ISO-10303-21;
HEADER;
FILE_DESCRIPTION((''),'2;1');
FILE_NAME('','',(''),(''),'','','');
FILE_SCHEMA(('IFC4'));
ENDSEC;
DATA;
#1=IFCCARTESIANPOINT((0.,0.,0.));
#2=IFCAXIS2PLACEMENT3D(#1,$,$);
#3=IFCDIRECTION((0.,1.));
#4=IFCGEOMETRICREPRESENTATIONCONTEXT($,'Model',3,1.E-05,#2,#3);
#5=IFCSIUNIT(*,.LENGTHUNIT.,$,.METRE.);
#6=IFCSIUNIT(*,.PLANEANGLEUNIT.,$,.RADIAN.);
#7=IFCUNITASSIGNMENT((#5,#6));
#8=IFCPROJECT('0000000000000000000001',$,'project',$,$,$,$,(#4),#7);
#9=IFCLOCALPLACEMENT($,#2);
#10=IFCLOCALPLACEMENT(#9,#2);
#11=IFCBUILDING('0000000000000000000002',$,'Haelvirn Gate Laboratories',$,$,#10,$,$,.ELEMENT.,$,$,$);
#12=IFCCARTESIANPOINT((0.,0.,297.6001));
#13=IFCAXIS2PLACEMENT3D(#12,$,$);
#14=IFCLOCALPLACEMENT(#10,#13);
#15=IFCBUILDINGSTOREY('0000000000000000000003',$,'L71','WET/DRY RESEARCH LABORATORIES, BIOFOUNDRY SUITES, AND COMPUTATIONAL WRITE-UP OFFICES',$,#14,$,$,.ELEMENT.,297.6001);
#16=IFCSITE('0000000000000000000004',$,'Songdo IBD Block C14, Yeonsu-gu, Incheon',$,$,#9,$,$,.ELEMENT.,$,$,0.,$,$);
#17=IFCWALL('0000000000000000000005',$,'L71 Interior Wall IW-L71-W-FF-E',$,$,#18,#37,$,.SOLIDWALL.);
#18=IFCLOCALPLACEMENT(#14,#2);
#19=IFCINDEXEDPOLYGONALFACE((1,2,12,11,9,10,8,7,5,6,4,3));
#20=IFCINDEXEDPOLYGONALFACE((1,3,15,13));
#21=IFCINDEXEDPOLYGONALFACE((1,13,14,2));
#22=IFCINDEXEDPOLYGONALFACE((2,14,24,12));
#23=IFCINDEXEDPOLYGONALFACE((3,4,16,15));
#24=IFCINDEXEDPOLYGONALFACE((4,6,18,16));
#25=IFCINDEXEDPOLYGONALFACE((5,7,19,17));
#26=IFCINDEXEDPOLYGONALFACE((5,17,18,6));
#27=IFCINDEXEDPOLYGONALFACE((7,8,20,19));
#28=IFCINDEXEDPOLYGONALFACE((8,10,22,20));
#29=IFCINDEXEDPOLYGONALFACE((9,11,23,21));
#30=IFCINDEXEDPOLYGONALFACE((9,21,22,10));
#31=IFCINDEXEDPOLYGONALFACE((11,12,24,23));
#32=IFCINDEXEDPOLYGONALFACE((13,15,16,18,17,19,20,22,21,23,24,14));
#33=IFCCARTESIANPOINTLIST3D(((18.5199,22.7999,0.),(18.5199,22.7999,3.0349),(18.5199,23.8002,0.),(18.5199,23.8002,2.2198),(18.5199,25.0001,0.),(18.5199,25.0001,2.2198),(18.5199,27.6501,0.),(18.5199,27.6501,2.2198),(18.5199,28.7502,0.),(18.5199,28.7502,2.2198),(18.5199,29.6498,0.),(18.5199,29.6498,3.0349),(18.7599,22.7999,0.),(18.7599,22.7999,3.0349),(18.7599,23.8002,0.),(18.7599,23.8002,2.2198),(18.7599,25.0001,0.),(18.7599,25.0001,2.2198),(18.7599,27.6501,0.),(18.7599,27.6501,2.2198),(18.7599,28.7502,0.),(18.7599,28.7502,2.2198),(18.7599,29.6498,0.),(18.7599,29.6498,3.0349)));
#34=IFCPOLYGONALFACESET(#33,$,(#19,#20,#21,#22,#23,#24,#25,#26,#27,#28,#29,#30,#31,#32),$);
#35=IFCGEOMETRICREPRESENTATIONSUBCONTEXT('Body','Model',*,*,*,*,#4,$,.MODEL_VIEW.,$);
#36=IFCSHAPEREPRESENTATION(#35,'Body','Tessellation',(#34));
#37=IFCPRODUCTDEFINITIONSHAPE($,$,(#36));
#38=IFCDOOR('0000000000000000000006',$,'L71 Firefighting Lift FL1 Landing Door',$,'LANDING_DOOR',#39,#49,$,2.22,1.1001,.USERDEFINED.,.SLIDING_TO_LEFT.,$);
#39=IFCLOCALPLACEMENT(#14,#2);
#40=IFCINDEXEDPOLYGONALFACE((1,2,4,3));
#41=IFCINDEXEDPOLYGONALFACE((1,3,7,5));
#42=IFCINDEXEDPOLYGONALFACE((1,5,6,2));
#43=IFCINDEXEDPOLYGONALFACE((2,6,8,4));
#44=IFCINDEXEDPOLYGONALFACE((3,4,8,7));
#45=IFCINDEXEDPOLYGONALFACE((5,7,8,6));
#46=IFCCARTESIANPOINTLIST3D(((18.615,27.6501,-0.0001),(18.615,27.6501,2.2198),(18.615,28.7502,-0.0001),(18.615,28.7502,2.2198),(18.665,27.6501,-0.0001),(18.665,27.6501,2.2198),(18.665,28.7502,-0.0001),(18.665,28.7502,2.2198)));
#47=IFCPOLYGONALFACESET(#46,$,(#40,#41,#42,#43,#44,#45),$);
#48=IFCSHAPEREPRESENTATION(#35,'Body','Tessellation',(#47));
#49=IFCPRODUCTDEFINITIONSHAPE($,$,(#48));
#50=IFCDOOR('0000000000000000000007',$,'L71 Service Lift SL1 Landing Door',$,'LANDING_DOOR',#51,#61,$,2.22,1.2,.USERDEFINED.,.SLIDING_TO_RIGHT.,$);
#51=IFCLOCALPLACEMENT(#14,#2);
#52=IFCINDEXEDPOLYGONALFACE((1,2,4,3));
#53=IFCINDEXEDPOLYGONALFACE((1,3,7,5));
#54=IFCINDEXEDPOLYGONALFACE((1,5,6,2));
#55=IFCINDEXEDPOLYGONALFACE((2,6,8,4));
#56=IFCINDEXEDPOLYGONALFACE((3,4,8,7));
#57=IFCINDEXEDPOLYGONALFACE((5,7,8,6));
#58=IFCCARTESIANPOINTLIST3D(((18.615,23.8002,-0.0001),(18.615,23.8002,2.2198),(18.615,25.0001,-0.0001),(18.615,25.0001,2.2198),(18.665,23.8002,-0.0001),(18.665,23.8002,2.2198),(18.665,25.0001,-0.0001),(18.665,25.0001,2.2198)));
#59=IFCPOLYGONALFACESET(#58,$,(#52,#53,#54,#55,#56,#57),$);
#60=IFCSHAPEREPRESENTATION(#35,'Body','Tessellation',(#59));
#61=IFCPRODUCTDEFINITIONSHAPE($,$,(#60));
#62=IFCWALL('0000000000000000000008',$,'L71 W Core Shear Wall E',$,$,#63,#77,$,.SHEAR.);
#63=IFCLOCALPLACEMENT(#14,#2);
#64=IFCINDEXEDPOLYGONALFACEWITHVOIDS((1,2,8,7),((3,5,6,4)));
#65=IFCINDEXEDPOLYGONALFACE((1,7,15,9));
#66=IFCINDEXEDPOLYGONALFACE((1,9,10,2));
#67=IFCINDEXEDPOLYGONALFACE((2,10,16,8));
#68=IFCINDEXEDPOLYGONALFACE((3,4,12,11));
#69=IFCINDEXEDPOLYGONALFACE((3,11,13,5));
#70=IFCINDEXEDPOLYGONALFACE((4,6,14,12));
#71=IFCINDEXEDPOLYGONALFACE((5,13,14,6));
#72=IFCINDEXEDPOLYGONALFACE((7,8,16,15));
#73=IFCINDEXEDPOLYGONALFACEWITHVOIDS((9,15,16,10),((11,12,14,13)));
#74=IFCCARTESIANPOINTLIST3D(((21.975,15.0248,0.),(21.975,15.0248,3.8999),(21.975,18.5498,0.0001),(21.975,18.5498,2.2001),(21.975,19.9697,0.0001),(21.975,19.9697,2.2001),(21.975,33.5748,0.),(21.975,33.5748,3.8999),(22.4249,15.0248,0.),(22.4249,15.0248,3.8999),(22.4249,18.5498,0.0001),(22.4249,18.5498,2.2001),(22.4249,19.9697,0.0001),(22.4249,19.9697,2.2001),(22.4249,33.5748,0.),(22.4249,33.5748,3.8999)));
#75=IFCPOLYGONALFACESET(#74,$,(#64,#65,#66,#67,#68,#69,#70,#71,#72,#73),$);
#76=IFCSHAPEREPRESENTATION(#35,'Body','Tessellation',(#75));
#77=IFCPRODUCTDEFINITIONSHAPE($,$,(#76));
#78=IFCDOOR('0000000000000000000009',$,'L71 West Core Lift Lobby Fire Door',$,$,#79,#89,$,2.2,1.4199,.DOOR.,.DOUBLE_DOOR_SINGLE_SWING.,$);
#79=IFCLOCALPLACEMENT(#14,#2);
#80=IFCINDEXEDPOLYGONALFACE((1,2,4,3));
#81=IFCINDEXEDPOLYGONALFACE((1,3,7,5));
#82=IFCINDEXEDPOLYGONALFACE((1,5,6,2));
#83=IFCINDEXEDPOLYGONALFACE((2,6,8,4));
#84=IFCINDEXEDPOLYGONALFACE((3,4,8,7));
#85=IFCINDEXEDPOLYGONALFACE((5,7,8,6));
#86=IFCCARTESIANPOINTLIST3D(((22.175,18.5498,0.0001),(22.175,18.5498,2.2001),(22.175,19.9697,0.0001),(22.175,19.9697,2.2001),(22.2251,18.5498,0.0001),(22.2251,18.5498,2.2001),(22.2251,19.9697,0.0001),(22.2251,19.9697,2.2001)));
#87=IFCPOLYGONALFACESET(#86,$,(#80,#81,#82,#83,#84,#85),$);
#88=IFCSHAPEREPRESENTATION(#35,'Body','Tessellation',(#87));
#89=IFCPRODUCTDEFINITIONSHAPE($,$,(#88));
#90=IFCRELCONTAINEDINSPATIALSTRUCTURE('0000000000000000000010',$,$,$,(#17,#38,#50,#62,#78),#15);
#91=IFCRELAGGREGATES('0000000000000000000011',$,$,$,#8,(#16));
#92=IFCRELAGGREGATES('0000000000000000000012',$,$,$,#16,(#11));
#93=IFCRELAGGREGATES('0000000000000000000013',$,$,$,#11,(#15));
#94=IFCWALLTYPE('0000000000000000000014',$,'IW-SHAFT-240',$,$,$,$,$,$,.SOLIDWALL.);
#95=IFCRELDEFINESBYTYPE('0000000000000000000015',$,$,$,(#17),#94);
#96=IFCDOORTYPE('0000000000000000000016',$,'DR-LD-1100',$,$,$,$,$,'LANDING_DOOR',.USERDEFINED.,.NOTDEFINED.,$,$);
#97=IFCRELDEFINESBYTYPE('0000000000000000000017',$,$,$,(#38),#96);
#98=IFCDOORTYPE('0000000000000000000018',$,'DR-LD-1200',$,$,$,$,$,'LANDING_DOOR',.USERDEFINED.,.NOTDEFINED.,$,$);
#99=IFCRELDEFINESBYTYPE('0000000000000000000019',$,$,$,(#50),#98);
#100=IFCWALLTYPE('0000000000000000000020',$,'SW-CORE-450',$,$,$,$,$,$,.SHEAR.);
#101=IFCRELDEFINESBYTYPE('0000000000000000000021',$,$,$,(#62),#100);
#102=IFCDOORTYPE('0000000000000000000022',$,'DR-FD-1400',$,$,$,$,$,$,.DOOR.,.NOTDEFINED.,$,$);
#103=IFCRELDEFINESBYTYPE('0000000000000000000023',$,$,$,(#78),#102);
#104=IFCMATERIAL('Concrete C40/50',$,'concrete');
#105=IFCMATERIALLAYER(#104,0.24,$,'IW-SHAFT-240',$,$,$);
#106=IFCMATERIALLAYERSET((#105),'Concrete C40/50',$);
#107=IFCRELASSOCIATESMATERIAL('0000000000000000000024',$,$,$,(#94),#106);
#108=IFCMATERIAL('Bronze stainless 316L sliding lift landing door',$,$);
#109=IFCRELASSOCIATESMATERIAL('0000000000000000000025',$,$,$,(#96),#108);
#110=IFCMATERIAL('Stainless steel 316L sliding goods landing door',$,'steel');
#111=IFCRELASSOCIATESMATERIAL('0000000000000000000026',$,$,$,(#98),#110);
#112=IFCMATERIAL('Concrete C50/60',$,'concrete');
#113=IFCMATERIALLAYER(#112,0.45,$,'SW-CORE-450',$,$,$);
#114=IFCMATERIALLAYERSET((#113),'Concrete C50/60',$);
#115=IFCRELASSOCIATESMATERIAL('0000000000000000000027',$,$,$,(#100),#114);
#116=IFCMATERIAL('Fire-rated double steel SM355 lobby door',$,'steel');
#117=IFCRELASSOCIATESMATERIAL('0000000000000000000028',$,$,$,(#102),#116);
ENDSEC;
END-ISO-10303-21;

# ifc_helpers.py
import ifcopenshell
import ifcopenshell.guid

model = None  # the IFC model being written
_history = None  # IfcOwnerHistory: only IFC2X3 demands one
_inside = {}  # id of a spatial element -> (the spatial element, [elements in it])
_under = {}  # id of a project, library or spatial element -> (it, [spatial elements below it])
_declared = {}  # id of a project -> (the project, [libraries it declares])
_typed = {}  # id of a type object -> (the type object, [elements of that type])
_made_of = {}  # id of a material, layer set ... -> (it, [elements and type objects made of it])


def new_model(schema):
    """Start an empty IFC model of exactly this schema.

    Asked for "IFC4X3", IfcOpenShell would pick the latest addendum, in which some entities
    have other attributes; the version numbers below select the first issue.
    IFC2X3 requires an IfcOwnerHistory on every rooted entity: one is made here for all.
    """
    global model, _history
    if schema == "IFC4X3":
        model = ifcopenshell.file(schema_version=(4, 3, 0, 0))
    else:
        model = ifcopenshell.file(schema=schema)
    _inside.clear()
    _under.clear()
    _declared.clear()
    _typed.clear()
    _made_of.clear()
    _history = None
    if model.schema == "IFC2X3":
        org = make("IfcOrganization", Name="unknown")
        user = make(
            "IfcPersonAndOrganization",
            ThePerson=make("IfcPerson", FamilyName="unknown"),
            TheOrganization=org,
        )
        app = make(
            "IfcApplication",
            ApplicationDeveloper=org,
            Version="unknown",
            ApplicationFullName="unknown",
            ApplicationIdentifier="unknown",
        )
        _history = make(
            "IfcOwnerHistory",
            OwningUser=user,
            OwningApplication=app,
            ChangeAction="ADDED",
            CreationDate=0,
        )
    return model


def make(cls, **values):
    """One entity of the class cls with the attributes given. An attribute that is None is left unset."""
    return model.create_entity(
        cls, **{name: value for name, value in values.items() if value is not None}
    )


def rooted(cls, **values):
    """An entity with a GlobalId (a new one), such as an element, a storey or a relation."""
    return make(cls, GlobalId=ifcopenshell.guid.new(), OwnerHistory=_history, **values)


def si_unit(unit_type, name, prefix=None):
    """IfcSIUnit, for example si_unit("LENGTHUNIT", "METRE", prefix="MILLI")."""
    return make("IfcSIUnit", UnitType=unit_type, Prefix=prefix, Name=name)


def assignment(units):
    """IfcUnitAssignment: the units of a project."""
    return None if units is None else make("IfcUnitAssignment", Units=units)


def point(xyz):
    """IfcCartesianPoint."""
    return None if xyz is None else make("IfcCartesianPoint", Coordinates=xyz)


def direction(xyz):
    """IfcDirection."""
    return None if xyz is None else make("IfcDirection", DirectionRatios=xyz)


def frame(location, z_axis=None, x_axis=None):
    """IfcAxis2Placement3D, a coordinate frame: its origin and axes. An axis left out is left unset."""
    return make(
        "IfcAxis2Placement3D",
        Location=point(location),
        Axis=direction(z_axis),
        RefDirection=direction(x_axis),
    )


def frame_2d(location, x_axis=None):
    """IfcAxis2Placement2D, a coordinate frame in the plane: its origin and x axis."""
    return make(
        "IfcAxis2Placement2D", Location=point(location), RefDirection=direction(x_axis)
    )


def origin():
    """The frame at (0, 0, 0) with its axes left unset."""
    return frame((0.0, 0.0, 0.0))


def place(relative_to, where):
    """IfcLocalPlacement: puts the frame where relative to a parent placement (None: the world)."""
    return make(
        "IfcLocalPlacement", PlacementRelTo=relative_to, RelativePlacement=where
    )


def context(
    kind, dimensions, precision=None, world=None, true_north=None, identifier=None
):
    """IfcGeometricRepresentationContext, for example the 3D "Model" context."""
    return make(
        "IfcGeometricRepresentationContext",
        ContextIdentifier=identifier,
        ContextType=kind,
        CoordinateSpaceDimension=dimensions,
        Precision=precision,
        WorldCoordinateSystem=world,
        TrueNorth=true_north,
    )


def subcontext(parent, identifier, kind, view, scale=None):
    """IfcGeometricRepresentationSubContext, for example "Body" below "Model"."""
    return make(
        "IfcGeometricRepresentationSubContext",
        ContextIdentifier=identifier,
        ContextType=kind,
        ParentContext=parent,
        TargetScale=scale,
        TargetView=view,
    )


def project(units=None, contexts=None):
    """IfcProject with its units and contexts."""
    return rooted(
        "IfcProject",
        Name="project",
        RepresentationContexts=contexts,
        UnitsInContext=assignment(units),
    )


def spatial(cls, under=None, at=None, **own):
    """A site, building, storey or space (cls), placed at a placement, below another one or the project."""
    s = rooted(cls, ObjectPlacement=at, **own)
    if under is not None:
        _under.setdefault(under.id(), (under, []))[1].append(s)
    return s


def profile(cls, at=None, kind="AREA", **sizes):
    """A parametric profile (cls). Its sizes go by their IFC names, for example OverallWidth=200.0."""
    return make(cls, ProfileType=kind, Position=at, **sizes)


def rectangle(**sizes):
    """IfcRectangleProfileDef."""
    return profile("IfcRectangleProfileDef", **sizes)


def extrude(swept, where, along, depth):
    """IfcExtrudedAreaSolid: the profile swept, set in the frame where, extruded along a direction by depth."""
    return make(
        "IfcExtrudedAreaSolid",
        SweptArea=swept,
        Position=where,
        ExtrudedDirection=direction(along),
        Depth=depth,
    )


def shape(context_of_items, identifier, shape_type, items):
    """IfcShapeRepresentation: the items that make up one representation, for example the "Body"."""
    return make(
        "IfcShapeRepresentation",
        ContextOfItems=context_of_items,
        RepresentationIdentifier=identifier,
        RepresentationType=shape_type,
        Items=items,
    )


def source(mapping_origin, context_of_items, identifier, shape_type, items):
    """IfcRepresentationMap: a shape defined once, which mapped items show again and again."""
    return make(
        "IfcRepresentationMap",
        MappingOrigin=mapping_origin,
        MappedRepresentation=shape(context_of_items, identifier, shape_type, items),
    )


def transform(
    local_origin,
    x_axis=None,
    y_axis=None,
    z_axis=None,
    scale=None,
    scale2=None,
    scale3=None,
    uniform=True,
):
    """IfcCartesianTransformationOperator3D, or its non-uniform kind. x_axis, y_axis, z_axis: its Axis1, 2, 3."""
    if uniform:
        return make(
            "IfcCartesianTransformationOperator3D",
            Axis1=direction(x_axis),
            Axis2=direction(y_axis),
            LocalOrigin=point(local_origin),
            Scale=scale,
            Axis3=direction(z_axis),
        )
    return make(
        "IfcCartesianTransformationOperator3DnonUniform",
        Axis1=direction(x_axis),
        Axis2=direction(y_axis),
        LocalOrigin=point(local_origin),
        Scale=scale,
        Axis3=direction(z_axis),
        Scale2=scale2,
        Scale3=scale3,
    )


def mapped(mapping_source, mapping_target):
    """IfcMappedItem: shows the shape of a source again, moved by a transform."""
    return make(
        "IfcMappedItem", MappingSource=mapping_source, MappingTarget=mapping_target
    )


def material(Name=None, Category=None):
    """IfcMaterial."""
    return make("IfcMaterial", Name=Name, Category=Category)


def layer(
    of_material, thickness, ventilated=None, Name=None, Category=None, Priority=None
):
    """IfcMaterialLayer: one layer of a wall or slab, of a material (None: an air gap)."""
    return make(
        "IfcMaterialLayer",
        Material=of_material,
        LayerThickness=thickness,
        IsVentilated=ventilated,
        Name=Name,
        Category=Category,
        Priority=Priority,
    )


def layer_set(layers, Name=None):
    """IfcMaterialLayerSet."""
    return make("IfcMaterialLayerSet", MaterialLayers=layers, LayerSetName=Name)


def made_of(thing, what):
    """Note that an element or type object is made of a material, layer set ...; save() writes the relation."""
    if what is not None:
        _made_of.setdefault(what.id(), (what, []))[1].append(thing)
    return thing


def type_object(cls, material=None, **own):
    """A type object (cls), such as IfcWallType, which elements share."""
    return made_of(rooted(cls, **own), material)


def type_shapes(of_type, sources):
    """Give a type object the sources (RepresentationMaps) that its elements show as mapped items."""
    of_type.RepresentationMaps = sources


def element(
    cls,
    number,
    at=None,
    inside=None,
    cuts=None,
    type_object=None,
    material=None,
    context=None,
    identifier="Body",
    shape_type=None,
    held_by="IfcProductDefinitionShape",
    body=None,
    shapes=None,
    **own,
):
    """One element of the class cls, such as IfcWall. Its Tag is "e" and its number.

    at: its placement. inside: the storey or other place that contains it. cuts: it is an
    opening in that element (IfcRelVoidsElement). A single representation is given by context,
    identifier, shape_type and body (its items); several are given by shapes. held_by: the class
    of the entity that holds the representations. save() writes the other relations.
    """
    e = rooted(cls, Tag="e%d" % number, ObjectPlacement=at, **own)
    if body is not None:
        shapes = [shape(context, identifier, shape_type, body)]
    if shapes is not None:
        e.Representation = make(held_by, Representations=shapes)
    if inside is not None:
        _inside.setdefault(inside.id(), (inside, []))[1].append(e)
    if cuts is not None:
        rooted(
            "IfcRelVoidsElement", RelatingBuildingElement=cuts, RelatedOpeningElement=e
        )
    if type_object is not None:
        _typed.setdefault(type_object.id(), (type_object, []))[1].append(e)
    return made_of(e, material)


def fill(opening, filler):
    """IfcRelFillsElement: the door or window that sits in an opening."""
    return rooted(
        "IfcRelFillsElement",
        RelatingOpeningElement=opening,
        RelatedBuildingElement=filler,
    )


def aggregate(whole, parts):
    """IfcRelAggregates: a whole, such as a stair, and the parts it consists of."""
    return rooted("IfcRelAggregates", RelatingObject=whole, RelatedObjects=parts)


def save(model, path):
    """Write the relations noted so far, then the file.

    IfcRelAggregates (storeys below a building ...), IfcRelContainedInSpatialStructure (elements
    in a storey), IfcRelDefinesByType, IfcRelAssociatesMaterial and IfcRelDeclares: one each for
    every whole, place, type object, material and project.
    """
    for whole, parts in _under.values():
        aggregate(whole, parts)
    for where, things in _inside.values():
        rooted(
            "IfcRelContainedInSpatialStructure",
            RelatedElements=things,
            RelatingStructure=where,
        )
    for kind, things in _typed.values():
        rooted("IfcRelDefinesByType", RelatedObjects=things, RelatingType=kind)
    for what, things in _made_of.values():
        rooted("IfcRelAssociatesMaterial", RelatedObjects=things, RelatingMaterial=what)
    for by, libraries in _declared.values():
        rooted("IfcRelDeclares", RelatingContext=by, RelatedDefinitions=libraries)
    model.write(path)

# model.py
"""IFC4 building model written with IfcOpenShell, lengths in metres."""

from ifc_helpers import new_model, si_unit, direction, frame, frame_2d, origin, place, context, subcontext, project, spatial, rectangle, extrude, source, transform, mapped, material, layer, layer_set, type_object, type_shapes, element, fill, save


model = new_model("IFC4")

# Units and contexts
model_context = context("Model", 3, precision=1e-05, world=origin(), true_north=direction((0.0, 1.0)))
body_context = subcontext(model_context, "Body", "Model", "MODEL_VIEW")
ifc_project = project(units=[si_unit("LENGTHUNIT", "METRE"), si_unit("PLANEANGLEUNIT", "RADIAN")], contexts=[model_context])

# Site, building, storey
site_placement = place(None, origin())
site = spatial("IfcSite", under=ifc_project, at=site_placement, Name="Songdo IBD Block C14, Yeonsu-gu, Incheon", CompositionType="ELEMENT", RefElevation=0.0)
building_placement = place(site_placement, origin())
building = spatial("IfcBuilding", under=site, at=building_placement, Name="Haelvirn Gate Laboratories", CompositionType="ELEMENT")
storey_placement = place(building_placement, frame((0.0, 0.0, 297.6001)))
storey = spatial("IfcBuildingStorey", under=building, at=storey_placement, Name="L71", Description="WET/DRY RESEARCH LABORATORIES, BIOFOUNDRY SUITES, AND COMPUTATIONAL WRITE-UP OFFICES", CompositionType="ELEMENT", Elevation=297.6001)

# Shared definitions
ifc_material_1 = material(Name="Concrete C50/60", Category="concrete")

# Shared definitions
ifc_material_2 = material(Name="Concrete C40/50", Category="concrete")

# Wall, openings, doors
ifc_layer_1 = layer(ifc_material_2, 0.24, Name="IW-SHAFT-240")
ifc_layer_set_1 = layer_set([ifc_layer_1], Name="Concrete C40/50")
wall_type_1 = type_object("IfcWallType", Name="IW-SHAFT-240", PredefinedType="SOLIDWALL", material=ifc_layer_set_1)
wall_1_placement = place(storey_placement, frame((18.6399, 22.8, 0.0), z_axis=(0.0, 0.0, 1.0), x_axis=(0.0, 1.0, 0.0)))
wall_1 = element("IfcWall", 1, at=wall_1_placement, inside=storey, type_object=wall_type_1, Name="L71 Interior Wall IW-L71-W-FF-E", PredefinedType="SOLIDWALL", context=body_context, shape_type="SweptSolid", body=[
    extrude(rectangle(XDim=6.8499, YDim=0.24, at=frame_2d((3.4248, 0.0))), origin(), (0.0, 0.0, 1.0), 3.0349),
])
opening_1_placement = place(wall_1_placement, frame((4.8501, 0.0, 0.0)))
opening_1 = element("IfcOpeningElement", 2, at=opening_1_placement, cuts=wall_1, PredefinedType="OPENING", context=body_context, shape_type="SweptSolid", body=[
    extrude(rectangle(XDim=1.1001, YDim=2.22, at=frame_2d((0.55, 1.1099))), frame((0.0, 0.1299, 0.0), z_axis=(0.0, -1.0, 0.0), x_axis=(1.0, 0.0, 0.0)), (0.0, 0.0, 1.0), 0.26),
])
opening_2_placement = place(wall_1_placement, frame((1.0, 0.0, 0.0)))
opening_2 = element("IfcOpeningElement", 3, at=opening_2_placement, cuts=wall_1, PredefinedType="OPENING", context=body_context, shape_type="SweptSolid", body=[
    extrude(rectangle(XDim=1.2, YDim=2.22, at=frame_2d((0.6001, 1.1099))), frame((0.0, 0.1299, 0.0), z_axis=(0.0, -1.0, 0.0), x_axis=(1.0, 0.0, 0.0)), (0.0, 0.0, 1.0), 0.26),
])
ifc_material_3 = material(Name="Bronze stainless 316L sliding lift landing door")
door_type_1 = type_object("IfcDoorType", Name="DR-LD-1100", ElementType="LANDING_DOOR", OperationType="NOTDEFINED", PredefinedType="USERDEFINED", material=ifc_material_3)
shared_shape_1 = source(origin(), body_context, "Body", "SweptSolid", [
    extrude(rectangle(XDim=1.1001, YDim=2.22, at=frame_2d((0.55, 1.1099))), frame((0.0, 0.0249, 0.0), z_axis=(0.0, -1.0, 0.0), x_axis=(1.0, 0.0, 0.0)), (0.0, 0.0, 1.0), 0.05),
])
type_shapes(door_type_1, [shared_shape_1])
door_1_placement = place(opening_1_placement, origin())
door_1 = element("IfcDoor", 4, at=door_1_placement, inside=storey, type_object=door_type_1, Name="L71 Firefighting Lift FL1 Landing Door", ObjectType="LANDING_DOOR", OperationType="SLIDING_TO_LEFT", OverallHeight=2.22, OverallWidth=1.1001, PredefinedType="USERDEFINED", context=body_context, shape_type="MappedRepresentation", body=[
    mapped(shared_shape_1, transform((0.0, 0.0, 0.0), scale=1.0)),
])
fill(opening_1, door_1)
ifc_material_4 = material(Name="Stainless steel 316L sliding goods landing door", Category="steel")
door_type_2 = type_object("IfcDoorType", Name="DR-LD-1200", ElementType="LANDING_DOOR", OperationType="NOTDEFINED", PredefinedType="USERDEFINED", material=ifc_material_4)
shared_shape_2 = source(origin(), body_context, "Body", "SweptSolid", [
    extrude(rectangle(XDim=1.2, YDim=2.22, at=frame_2d((0.6001, 1.1099))), frame((0.0, 0.0249, 0.0), z_axis=(0.0, -1.0, 0.0), x_axis=(1.0, 0.0, 0.0)), (0.0, 0.0, 1.0), 0.05),
])
type_shapes(door_type_2, [shared_shape_2])
door_2_placement = place(opening_2_placement, origin())
door_2 = element("IfcDoor", 5, at=door_2_placement, inside=storey, type_object=door_type_2, Name="L71 Service Lift SL1 Landing Door", ObjectType="LANDING_DOOR", OperationType="SLIDING_TO_RIGHT", OverallHeight=2.22, OverallWidth=1.2, PredefinedType="USERDEFINED", context=body_context, shape_type="MappedRepresentation", body=[
    mapped(shared_shape_2, transform((0.0, 0.0, 0.0), scale=1.0)),
])
fill(opening_2, door_2)

# Wall, opening, door
ifc_layer_2 = layer(ifc_material_1, 0.45, Name="SW-CORE-450")
ifc_layer_set_2 = layer_set([ifc_layer_2], Name="Concrete C50/60")
wall_type_2 = type_object("IfcWallType", Name="SW-CORE-450", PredefinedType="SHEAR", material=ifc_layer_set_2)
wall_2_placement = place(storey_placement, frame((22.2, 15.0249, 0.0), z_axis=(0.0, 0.0, 1.0), x_axis=(0.0, 1.0, 0.0)))
wall_2 = element("IfcWall", 6, at=wall_2_placement, inside=storey, type_object=wall_type_2, Name="L71 W Core Shear Wall E", PredefinedType="SHEAR", context=body_context, shape_type="SweptSolid", body=[
    extrude(rectangle(XDim=18.55, YDim=0.45, at=frame_2d((9.2749, 0.0))), origin(), (0.0, 0.0, 1.0), 3.8999),
])
opening_3_placement = place(wall_2_placement, frame((3.5249, 0.0, 0.0)))
opening_3 = element("IfcOpeningElement", 7, at=opening_3_placement, cuts=wall_2, PredefinedType="OPENING", context=body_context, shape_type="SweptSolid", body=[
    extrude(rectangle(XDim=1.4199, YDim=2.2, at=frame_2d((0.71, 1.1001))), frame((0.0, 0.2349, 0.0), z_axis=(0.0, -1.0, 0.0), x_axis=(1.0, 0.0, 0.0)), (0.0, 0.0, 1.0), 0.47),
])
ifc_material_5 = material(Name="Fire-rated double steel SM355 lobby door", Category="steel")
door_type_3 = type_object("IfcDoorType", Name="DR-FD-1400", OperationType="NOTDEFINED", PredefinedType="DOOR", material=ifc_material_5)
shared_shape_3 = source(origin(), body_context, "Body", "SweptSolid", [
    extrude(rectangle(XDim=1.4199, YDim=2.2, at=frame_2d((0.71, 1.1001))), frame((0.0, 0.0249, 0.0), z_axis=(0.0, -1.0, 0.0), x_axis=(1.0, 0.0, 0.0)), (0.0, 0.0, 1.0), 0.05),
])
type_shapes(door_type_3, [shared_shape_3])
door_3_placement = place(opening_3_placement, origin())
door_3 = element("IfcDoor", 8, at=door_3_placement, inside=storey, type_object=door_type_3, Name="L71 West Core Lift Lobby Fire Door", OperationType="DOUBLE_DOOR_SINGLE_SWING", OverallHeight=2.2, OverallWidth=1.4199, PredefinedType="DOOR", context=body_context, shape_type="MappedRepresentation", body=[
    mapped(shared_shape_3, transform((0.0, 0.0, 0.0), scale=1.0)),
])
fill(opening_3, door_3)

save(model, "model.ifc")
